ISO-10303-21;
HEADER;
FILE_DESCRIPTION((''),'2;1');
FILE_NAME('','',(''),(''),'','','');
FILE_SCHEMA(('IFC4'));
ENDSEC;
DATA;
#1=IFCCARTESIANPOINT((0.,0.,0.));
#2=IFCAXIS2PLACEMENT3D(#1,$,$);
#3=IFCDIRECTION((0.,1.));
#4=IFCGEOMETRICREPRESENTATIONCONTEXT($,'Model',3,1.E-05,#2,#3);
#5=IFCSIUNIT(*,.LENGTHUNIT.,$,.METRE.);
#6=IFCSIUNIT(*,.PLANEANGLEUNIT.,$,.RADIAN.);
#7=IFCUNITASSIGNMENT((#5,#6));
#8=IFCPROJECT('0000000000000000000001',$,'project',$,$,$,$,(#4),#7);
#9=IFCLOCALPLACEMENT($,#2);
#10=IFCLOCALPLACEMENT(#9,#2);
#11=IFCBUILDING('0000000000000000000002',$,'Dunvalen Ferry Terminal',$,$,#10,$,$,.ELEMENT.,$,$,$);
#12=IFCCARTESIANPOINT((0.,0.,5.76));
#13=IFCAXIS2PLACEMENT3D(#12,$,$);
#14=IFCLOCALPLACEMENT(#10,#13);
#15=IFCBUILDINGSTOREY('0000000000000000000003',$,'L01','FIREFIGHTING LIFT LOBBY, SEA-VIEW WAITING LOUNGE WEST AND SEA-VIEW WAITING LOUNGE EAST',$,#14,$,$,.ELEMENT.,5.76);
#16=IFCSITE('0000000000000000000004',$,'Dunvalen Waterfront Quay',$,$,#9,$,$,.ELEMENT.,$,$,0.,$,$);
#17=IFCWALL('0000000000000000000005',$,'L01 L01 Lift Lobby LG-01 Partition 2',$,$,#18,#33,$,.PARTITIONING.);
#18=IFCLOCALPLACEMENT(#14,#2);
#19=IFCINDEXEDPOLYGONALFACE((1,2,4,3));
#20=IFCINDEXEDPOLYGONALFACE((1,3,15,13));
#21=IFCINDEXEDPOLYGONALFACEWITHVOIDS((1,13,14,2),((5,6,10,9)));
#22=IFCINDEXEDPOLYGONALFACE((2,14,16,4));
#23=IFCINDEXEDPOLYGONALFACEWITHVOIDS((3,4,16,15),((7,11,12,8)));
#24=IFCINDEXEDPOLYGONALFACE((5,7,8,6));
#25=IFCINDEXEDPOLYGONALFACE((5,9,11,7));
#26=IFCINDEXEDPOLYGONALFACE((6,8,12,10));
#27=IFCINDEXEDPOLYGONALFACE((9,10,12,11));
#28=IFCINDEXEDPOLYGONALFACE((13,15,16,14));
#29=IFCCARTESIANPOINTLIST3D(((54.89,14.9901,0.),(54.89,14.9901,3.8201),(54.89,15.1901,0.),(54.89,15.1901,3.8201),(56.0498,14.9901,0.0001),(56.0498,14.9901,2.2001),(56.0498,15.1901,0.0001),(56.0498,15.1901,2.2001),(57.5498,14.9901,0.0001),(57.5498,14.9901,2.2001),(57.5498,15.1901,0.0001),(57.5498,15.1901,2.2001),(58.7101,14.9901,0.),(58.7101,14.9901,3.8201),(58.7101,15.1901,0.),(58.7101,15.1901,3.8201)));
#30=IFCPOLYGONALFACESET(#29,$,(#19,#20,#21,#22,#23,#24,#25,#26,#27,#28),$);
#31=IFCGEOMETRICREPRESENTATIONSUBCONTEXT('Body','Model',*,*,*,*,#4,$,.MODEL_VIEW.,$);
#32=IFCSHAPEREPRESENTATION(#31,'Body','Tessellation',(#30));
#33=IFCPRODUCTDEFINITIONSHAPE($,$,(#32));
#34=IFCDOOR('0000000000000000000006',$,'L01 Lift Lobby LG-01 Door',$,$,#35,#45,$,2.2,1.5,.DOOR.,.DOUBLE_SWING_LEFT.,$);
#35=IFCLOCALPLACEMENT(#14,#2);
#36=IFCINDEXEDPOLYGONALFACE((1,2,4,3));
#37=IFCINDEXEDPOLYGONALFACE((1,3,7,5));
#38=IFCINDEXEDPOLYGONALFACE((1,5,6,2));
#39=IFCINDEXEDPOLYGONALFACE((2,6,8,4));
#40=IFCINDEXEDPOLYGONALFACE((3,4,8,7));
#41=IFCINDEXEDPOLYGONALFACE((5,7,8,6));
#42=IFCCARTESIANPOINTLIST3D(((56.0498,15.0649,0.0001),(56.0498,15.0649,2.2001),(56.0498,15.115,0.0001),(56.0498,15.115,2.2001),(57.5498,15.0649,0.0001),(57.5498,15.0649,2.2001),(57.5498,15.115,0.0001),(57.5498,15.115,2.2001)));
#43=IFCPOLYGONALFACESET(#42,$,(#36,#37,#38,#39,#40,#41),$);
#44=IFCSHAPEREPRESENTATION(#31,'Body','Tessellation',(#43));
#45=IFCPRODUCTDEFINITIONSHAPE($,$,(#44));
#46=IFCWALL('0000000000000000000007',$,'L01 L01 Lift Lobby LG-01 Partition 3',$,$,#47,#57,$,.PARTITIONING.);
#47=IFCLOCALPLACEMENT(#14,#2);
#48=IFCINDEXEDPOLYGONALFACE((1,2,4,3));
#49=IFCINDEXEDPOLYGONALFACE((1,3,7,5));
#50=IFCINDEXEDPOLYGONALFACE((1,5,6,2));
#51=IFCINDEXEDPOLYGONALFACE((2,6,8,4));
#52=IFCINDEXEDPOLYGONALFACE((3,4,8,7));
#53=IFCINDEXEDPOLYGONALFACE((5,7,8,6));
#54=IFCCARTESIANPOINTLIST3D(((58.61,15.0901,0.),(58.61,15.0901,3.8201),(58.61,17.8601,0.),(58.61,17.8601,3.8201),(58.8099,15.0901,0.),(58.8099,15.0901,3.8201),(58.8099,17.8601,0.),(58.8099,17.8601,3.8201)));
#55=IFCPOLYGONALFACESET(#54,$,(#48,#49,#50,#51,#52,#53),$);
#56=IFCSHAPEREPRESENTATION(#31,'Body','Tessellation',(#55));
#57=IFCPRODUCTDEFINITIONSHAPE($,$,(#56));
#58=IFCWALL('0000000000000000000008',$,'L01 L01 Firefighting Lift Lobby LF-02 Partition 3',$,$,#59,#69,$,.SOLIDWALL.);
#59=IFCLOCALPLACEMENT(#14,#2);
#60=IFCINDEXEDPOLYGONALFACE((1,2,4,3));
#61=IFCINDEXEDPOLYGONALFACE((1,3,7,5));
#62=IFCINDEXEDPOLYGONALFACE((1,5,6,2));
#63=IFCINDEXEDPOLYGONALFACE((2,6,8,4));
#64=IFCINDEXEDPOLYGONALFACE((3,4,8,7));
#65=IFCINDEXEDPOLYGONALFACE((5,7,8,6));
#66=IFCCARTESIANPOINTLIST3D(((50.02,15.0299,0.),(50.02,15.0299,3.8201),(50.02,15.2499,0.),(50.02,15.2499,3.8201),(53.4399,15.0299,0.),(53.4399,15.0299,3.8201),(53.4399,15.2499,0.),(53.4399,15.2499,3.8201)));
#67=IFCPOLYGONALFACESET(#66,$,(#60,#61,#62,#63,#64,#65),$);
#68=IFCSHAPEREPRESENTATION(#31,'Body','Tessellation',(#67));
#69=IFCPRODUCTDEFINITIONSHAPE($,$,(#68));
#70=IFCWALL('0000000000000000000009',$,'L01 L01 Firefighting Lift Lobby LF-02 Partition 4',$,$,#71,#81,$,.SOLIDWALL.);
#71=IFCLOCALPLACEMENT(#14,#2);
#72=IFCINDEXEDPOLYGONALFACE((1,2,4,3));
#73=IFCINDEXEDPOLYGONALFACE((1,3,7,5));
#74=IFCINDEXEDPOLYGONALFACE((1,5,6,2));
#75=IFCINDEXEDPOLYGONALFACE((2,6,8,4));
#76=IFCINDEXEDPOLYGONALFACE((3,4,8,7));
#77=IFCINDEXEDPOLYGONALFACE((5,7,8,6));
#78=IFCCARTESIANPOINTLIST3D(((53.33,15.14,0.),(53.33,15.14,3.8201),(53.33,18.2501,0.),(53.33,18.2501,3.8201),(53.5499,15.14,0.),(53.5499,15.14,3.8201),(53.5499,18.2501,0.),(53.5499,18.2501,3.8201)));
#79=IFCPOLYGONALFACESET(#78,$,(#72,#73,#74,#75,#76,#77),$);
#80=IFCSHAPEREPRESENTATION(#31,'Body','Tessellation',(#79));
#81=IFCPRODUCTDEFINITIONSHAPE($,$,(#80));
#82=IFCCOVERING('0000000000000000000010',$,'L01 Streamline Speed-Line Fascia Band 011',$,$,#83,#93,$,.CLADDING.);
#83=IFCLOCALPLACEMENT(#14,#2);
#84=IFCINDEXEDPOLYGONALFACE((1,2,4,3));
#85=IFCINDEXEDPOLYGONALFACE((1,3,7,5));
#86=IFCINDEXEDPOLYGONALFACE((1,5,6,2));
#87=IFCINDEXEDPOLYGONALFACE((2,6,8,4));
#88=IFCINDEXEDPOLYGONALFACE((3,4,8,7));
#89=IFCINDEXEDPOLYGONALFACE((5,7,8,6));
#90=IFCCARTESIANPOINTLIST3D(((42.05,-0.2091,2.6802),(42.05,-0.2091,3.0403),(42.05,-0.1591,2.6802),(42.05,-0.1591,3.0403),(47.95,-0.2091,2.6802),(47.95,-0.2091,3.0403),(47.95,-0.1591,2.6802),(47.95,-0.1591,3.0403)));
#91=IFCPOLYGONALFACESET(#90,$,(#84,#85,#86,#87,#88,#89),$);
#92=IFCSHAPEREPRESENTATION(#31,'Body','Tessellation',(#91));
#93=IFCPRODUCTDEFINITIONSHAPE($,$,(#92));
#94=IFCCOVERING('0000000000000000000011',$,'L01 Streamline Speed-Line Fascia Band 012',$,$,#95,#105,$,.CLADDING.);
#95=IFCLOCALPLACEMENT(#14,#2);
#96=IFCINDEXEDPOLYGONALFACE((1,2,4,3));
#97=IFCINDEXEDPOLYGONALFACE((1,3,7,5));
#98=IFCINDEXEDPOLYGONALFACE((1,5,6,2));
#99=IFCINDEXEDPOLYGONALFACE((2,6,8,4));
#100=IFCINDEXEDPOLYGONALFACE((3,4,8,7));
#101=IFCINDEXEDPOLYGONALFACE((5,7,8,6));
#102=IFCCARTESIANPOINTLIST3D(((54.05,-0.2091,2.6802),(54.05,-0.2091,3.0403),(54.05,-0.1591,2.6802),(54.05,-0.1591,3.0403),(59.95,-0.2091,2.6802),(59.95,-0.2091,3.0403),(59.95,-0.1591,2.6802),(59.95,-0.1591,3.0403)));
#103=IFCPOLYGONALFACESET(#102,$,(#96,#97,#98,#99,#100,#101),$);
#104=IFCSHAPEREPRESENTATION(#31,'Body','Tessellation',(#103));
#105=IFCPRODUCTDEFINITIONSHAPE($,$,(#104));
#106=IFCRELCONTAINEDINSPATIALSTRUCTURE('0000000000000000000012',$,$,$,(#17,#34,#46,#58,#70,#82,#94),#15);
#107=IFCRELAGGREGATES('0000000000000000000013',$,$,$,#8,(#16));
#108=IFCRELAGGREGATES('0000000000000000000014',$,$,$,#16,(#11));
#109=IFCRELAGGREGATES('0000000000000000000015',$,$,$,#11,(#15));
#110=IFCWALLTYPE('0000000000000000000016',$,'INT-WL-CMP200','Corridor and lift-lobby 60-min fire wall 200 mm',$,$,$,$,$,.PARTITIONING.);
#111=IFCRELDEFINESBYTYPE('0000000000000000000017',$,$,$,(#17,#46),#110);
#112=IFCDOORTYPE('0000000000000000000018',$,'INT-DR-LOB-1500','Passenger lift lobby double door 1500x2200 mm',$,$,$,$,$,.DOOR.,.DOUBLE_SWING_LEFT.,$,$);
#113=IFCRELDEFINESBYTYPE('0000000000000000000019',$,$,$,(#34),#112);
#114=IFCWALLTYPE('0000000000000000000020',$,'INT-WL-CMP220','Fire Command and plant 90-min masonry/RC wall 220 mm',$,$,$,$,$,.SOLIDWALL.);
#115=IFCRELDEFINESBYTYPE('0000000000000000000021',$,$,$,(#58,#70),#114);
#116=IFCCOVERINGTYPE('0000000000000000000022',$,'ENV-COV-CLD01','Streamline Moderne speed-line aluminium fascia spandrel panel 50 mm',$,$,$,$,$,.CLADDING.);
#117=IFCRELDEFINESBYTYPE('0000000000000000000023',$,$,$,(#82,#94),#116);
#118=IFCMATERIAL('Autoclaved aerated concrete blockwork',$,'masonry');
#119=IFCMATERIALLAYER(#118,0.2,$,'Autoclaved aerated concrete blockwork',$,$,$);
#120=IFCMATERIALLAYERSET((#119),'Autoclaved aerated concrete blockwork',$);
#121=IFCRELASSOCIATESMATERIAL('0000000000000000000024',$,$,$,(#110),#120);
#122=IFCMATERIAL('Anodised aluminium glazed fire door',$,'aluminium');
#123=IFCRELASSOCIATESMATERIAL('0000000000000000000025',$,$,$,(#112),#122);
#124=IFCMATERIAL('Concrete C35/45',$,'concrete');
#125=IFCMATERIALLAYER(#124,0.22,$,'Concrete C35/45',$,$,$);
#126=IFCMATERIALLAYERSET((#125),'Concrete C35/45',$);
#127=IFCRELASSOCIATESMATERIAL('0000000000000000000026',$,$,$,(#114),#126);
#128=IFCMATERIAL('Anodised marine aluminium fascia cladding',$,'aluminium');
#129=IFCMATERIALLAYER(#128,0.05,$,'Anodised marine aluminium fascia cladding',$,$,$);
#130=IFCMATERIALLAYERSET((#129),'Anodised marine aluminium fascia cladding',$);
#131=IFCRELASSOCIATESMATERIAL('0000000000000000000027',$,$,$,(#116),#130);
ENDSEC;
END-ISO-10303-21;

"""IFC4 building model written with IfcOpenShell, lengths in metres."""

from ifc_helpers import new_model, si_unit, direction, frame, frame_2d, origin, origin_2d, place, context, subcontext, project, spatial, rectangle, extrude, material, layer, layer_set, type_object, element, fill, save


model = new_model("IFC4")

# Units and contexts
model_context = context("Model", 3, precision=1e-05, world=origin(), true_north=direction((0.0, 1.0)))
body_context = subcontext(model_context, "Body", "Model", "MODEL_VIEW")
ifc_project = project(units=[si_unit("LENGTHUNIT", "METRE"), si_unit("PLANEANGLEUNIT", "RADIAN")], contexts=[model_context])

# Site, building, storey
site_placement = place(None, origin())
site = spatial("IfcSite", under=ifc_project, at=site_placement, Name="Dunvalen Waterfront Quay", CompositionType="ELEMENT", RefElevation=0.0)
building_placement = place(site_placement, origin())
building = spatial("IfcBuilding", under=site, at=building_placement, Name="Dunvalen Ferry Terminal", CompositionType="ELEMENT")
storey_placement = place(building_placement, frame((0.0, 0.0, 5.76)))
storey = spatial("IfcBuildingStorey", under=building, at=storey_placement, Name="L01", Description="FIREFIGHTING LIFT LOBBY, SEA-VIEW WAITING LOUNGE WEST AND SEA-VIEW WAITING LOUNGE EAST", CompositionType="ELEMENT", Elevation=5.76)

# Shared definitions
ifc_material_1 = material(Name="Concrete C35/45", Category="concrete")

# Wall, opening, door
ifc_material_2 = material(Name="Autoclaved aerated concrete blockwork", Category="masonry")
ifc_layer_1 = layer(ifc_material_2, 0.2, Name="Autoclaved aerated concrete blockwork")
ifc_layer_set_1 = layer_set([ifc_layer_1], Name="Autoclaved aerated concrete blockwork")
wall_type_1 = type_object("IfcWallType", Name="INT-WL-CMP200", Description="Corridor and lift-lobby 60-min fire wall 200 mm", PredefinedType="PARTITIONING", material=ifc_layer_set_1)
wall_1_placement = place(storey_placement, frame((54.8899, 15.0901, 0.0), z_axis=(0.0, 0.0, 1.0), x_axis=(1.0, 0.0, 0.0)))
wall_1 = element("IfcWall", 1, at=wall_1_placement, inside=storey, type_object=wall_type_1, Name="L01 L01 Lift Lobby LG-01 Partition 2", PredefinedType="PARTITIONING", context=body_context, shape_type="SweptSolid", body=[
    extrude(rectangle(XDim=3.8201, YDim=0.2, at=frame_2d((1.9102, 0.0))), origin(), (0.0, 0.0, 1.0), 3.8201),
])
opening_placement = place(wall_1_placement, frame((1.1599, 0.0, 0.0)))
opening = element("IfcOpeningElement", 2, at=opening_placement, cuts=wall_1, PredefinedType="OPENING", context=body_context, shape_type="SweptSolid", body=[
    extrude(rectangle(XDim=1.5, YDim=2.2, at=frame_2d((0.75, 1.1001))), frame((0.0, 0.1099, 0.0), z_axis=(0.0, -1.0, 0.0), x_axis=(1.0, 0.0, 0.0)), (0.0, 0.0, 1.0), 0.22),
])
ifc_material_3 = material(Name="Anodised aluminium glazed fire door", Category="aluminium")
door_type = type_object("IfcDoorType", Name="INT-DR-LOB-1500", Description="Passenger lift lobby double door 1500x2200 mm", OperationType="DOUBLE_SWING_LEFT", PredefinedType="DOOR", material=ifc_material_3)
door_placement = place(opening_placement, origin())
door = element("IfcDoor", 3, at=door_placement, inside=storey, type_object=door_type, Name="L01 Lift Lobby LG-01 Door", OperationType="DOUBLE_SWING_LEFT", OverallHeight=2.2, OverallWidth=1.5, PredefinedType="DOOR", context=body_context, shape_type="SweptSolid", body=[
    extrude(rectangle(XDim=1.5, YDim=2.2, at=frame_2d((0.75, 1.1001))), frame((0.0, 0.0249, 0.0), z_axis=(0.0, -1.0, 0.0), x_axis=(1.0, 0.0, 0.0)), (0.0, 0.0, 1.0), 0.05),
])
fill(opening, door)

# Walls
wall_2_placement = place(storey_placement, frame((58.71, 15.0901, 0.0), z_axis=(0.0, 0.0, 1.0), x_axis=(0.0, 1.0, 0.0)))
element("IfcWall", 4, at=wall_2_placement, inside=storey, type_object=wall_type_1, Name="L01 L01 Lift Lobby LG-01 Partition 3", PredefinedType="PARTITIONING", context=body_context, shape_type="SweptSolid", body=[
    extrude(rectangle(XDim=2.77, YDim=0.2, at=frame_2d((1.385, 0.0))), origin(), (0.0, 0.0, 1.0), 3.8201),
])
ifc_layer_2 = layer(ifc_material_1, 0.22, Name="Concrete C35/45")
ifc_layer_set_2 = layer_set([ifc_layer_2], Name="Concrete C35/45")
wall_type_2 = type_object("IfcWallType", Name="INT-WL-CMP220", Description="Fire Command and plant 90-min masonry/RC wall 220 mm", PredefinedType="SOLIDWALL", material=ifc_layer_set_2)
wall_3_placement = place(storey_placement, frame((50.02, 15.1399, 0.0), z_axis=(0.0, 0.0, 1.0), x_axis=(1.0, 0.0, 0.0)))
element("IfcWall", 5, at=wall_3_placement, inside=storey, type_object=wall_type_2, Name="L01 L01 Firefighting Lift Lobby LF-02 Partition 3", PredefinedType="SOLIDWALL", context=body_context, shape_type="SweptSolid", body=[
    extrude(rectangle(XDim=3.4199, YDim=0.22, at=frame_2d((1.71, 0.0))), origin(), (0.0, 0.0, 1.0), 3.8201),
])
wall_4_placement = place(storey_placement, frame((53.4399, 15.1399, 0.0), z_axis=(0.0, 0.0, 1.0), x_axis=(0.0, 1.0, 0.0)))
element("IfcWall", 6, at=wall_4_placement, inside=storey, type_object=wall_type_2, Name="L01 L01 Firefighting Lift Lobby LF-02 Partition 4", PredefinedType="SOLIDWALL", context=body_context, shape_type="SweptSolid", body=[
    extrude(rectangle(XDim=3.1101, YDim=0.22, at=frame_2d((1.5552, 0.0))), origin(), (0.0, 0.0, 1.0), 3.8201),
])

# Coverings
ifc_material_4 = material(Name="Anodised marine aluminium fascia cladding", Category="aluminium")
ifc_layer_3 = layer(ifc_material_4, 0.05, Name="Anodised marine aluminium fascia cladding")
ifc_layer_set_3 = layer_set([ifc_layer_3], Name="Anodised marine aluminium fascia cladding")
covering_type = type_object("IfcCoveringType", Name="ENV-COV-CLD01", Description="Streamline Moderne speed-line aluminium fascia spandrel panel 50 mm", PredefinedType="CLADDING", material=ifc_layer_set_3)
for number, where, z_axis, x_axis, name in (
    (7, (45.0, -0.1841, 2.6802), (0.0, 0.0, 1.0), (1.0, 0.0, 0.0), "L01 Streamline Speed-Line Fascia Band 011"),
    (8, (57.0, -0.1841, 2.6802), (0.0, 0.0, 1.0), (1.0, 0.0, 0.0), "L01 Streamline Speed-Line Fascia Band 012"),
):
    element("IfcCovering", number, at=place(storey_placement, frame(where, z_axis=z_axis, x_axis=x_axis)), inside=storey, type_object=covering_type, Name=name, PredefinedType="CLADDING", context=body_context, shape_type="SweptSolid", body=[
        extrude(rectangle(XDim=5.8999, YDim=0.05, at=origin_2d()), origin(), (0.0, 0.0, 1.0), 0.3601),
    ])

save(model, "model.ifc")
